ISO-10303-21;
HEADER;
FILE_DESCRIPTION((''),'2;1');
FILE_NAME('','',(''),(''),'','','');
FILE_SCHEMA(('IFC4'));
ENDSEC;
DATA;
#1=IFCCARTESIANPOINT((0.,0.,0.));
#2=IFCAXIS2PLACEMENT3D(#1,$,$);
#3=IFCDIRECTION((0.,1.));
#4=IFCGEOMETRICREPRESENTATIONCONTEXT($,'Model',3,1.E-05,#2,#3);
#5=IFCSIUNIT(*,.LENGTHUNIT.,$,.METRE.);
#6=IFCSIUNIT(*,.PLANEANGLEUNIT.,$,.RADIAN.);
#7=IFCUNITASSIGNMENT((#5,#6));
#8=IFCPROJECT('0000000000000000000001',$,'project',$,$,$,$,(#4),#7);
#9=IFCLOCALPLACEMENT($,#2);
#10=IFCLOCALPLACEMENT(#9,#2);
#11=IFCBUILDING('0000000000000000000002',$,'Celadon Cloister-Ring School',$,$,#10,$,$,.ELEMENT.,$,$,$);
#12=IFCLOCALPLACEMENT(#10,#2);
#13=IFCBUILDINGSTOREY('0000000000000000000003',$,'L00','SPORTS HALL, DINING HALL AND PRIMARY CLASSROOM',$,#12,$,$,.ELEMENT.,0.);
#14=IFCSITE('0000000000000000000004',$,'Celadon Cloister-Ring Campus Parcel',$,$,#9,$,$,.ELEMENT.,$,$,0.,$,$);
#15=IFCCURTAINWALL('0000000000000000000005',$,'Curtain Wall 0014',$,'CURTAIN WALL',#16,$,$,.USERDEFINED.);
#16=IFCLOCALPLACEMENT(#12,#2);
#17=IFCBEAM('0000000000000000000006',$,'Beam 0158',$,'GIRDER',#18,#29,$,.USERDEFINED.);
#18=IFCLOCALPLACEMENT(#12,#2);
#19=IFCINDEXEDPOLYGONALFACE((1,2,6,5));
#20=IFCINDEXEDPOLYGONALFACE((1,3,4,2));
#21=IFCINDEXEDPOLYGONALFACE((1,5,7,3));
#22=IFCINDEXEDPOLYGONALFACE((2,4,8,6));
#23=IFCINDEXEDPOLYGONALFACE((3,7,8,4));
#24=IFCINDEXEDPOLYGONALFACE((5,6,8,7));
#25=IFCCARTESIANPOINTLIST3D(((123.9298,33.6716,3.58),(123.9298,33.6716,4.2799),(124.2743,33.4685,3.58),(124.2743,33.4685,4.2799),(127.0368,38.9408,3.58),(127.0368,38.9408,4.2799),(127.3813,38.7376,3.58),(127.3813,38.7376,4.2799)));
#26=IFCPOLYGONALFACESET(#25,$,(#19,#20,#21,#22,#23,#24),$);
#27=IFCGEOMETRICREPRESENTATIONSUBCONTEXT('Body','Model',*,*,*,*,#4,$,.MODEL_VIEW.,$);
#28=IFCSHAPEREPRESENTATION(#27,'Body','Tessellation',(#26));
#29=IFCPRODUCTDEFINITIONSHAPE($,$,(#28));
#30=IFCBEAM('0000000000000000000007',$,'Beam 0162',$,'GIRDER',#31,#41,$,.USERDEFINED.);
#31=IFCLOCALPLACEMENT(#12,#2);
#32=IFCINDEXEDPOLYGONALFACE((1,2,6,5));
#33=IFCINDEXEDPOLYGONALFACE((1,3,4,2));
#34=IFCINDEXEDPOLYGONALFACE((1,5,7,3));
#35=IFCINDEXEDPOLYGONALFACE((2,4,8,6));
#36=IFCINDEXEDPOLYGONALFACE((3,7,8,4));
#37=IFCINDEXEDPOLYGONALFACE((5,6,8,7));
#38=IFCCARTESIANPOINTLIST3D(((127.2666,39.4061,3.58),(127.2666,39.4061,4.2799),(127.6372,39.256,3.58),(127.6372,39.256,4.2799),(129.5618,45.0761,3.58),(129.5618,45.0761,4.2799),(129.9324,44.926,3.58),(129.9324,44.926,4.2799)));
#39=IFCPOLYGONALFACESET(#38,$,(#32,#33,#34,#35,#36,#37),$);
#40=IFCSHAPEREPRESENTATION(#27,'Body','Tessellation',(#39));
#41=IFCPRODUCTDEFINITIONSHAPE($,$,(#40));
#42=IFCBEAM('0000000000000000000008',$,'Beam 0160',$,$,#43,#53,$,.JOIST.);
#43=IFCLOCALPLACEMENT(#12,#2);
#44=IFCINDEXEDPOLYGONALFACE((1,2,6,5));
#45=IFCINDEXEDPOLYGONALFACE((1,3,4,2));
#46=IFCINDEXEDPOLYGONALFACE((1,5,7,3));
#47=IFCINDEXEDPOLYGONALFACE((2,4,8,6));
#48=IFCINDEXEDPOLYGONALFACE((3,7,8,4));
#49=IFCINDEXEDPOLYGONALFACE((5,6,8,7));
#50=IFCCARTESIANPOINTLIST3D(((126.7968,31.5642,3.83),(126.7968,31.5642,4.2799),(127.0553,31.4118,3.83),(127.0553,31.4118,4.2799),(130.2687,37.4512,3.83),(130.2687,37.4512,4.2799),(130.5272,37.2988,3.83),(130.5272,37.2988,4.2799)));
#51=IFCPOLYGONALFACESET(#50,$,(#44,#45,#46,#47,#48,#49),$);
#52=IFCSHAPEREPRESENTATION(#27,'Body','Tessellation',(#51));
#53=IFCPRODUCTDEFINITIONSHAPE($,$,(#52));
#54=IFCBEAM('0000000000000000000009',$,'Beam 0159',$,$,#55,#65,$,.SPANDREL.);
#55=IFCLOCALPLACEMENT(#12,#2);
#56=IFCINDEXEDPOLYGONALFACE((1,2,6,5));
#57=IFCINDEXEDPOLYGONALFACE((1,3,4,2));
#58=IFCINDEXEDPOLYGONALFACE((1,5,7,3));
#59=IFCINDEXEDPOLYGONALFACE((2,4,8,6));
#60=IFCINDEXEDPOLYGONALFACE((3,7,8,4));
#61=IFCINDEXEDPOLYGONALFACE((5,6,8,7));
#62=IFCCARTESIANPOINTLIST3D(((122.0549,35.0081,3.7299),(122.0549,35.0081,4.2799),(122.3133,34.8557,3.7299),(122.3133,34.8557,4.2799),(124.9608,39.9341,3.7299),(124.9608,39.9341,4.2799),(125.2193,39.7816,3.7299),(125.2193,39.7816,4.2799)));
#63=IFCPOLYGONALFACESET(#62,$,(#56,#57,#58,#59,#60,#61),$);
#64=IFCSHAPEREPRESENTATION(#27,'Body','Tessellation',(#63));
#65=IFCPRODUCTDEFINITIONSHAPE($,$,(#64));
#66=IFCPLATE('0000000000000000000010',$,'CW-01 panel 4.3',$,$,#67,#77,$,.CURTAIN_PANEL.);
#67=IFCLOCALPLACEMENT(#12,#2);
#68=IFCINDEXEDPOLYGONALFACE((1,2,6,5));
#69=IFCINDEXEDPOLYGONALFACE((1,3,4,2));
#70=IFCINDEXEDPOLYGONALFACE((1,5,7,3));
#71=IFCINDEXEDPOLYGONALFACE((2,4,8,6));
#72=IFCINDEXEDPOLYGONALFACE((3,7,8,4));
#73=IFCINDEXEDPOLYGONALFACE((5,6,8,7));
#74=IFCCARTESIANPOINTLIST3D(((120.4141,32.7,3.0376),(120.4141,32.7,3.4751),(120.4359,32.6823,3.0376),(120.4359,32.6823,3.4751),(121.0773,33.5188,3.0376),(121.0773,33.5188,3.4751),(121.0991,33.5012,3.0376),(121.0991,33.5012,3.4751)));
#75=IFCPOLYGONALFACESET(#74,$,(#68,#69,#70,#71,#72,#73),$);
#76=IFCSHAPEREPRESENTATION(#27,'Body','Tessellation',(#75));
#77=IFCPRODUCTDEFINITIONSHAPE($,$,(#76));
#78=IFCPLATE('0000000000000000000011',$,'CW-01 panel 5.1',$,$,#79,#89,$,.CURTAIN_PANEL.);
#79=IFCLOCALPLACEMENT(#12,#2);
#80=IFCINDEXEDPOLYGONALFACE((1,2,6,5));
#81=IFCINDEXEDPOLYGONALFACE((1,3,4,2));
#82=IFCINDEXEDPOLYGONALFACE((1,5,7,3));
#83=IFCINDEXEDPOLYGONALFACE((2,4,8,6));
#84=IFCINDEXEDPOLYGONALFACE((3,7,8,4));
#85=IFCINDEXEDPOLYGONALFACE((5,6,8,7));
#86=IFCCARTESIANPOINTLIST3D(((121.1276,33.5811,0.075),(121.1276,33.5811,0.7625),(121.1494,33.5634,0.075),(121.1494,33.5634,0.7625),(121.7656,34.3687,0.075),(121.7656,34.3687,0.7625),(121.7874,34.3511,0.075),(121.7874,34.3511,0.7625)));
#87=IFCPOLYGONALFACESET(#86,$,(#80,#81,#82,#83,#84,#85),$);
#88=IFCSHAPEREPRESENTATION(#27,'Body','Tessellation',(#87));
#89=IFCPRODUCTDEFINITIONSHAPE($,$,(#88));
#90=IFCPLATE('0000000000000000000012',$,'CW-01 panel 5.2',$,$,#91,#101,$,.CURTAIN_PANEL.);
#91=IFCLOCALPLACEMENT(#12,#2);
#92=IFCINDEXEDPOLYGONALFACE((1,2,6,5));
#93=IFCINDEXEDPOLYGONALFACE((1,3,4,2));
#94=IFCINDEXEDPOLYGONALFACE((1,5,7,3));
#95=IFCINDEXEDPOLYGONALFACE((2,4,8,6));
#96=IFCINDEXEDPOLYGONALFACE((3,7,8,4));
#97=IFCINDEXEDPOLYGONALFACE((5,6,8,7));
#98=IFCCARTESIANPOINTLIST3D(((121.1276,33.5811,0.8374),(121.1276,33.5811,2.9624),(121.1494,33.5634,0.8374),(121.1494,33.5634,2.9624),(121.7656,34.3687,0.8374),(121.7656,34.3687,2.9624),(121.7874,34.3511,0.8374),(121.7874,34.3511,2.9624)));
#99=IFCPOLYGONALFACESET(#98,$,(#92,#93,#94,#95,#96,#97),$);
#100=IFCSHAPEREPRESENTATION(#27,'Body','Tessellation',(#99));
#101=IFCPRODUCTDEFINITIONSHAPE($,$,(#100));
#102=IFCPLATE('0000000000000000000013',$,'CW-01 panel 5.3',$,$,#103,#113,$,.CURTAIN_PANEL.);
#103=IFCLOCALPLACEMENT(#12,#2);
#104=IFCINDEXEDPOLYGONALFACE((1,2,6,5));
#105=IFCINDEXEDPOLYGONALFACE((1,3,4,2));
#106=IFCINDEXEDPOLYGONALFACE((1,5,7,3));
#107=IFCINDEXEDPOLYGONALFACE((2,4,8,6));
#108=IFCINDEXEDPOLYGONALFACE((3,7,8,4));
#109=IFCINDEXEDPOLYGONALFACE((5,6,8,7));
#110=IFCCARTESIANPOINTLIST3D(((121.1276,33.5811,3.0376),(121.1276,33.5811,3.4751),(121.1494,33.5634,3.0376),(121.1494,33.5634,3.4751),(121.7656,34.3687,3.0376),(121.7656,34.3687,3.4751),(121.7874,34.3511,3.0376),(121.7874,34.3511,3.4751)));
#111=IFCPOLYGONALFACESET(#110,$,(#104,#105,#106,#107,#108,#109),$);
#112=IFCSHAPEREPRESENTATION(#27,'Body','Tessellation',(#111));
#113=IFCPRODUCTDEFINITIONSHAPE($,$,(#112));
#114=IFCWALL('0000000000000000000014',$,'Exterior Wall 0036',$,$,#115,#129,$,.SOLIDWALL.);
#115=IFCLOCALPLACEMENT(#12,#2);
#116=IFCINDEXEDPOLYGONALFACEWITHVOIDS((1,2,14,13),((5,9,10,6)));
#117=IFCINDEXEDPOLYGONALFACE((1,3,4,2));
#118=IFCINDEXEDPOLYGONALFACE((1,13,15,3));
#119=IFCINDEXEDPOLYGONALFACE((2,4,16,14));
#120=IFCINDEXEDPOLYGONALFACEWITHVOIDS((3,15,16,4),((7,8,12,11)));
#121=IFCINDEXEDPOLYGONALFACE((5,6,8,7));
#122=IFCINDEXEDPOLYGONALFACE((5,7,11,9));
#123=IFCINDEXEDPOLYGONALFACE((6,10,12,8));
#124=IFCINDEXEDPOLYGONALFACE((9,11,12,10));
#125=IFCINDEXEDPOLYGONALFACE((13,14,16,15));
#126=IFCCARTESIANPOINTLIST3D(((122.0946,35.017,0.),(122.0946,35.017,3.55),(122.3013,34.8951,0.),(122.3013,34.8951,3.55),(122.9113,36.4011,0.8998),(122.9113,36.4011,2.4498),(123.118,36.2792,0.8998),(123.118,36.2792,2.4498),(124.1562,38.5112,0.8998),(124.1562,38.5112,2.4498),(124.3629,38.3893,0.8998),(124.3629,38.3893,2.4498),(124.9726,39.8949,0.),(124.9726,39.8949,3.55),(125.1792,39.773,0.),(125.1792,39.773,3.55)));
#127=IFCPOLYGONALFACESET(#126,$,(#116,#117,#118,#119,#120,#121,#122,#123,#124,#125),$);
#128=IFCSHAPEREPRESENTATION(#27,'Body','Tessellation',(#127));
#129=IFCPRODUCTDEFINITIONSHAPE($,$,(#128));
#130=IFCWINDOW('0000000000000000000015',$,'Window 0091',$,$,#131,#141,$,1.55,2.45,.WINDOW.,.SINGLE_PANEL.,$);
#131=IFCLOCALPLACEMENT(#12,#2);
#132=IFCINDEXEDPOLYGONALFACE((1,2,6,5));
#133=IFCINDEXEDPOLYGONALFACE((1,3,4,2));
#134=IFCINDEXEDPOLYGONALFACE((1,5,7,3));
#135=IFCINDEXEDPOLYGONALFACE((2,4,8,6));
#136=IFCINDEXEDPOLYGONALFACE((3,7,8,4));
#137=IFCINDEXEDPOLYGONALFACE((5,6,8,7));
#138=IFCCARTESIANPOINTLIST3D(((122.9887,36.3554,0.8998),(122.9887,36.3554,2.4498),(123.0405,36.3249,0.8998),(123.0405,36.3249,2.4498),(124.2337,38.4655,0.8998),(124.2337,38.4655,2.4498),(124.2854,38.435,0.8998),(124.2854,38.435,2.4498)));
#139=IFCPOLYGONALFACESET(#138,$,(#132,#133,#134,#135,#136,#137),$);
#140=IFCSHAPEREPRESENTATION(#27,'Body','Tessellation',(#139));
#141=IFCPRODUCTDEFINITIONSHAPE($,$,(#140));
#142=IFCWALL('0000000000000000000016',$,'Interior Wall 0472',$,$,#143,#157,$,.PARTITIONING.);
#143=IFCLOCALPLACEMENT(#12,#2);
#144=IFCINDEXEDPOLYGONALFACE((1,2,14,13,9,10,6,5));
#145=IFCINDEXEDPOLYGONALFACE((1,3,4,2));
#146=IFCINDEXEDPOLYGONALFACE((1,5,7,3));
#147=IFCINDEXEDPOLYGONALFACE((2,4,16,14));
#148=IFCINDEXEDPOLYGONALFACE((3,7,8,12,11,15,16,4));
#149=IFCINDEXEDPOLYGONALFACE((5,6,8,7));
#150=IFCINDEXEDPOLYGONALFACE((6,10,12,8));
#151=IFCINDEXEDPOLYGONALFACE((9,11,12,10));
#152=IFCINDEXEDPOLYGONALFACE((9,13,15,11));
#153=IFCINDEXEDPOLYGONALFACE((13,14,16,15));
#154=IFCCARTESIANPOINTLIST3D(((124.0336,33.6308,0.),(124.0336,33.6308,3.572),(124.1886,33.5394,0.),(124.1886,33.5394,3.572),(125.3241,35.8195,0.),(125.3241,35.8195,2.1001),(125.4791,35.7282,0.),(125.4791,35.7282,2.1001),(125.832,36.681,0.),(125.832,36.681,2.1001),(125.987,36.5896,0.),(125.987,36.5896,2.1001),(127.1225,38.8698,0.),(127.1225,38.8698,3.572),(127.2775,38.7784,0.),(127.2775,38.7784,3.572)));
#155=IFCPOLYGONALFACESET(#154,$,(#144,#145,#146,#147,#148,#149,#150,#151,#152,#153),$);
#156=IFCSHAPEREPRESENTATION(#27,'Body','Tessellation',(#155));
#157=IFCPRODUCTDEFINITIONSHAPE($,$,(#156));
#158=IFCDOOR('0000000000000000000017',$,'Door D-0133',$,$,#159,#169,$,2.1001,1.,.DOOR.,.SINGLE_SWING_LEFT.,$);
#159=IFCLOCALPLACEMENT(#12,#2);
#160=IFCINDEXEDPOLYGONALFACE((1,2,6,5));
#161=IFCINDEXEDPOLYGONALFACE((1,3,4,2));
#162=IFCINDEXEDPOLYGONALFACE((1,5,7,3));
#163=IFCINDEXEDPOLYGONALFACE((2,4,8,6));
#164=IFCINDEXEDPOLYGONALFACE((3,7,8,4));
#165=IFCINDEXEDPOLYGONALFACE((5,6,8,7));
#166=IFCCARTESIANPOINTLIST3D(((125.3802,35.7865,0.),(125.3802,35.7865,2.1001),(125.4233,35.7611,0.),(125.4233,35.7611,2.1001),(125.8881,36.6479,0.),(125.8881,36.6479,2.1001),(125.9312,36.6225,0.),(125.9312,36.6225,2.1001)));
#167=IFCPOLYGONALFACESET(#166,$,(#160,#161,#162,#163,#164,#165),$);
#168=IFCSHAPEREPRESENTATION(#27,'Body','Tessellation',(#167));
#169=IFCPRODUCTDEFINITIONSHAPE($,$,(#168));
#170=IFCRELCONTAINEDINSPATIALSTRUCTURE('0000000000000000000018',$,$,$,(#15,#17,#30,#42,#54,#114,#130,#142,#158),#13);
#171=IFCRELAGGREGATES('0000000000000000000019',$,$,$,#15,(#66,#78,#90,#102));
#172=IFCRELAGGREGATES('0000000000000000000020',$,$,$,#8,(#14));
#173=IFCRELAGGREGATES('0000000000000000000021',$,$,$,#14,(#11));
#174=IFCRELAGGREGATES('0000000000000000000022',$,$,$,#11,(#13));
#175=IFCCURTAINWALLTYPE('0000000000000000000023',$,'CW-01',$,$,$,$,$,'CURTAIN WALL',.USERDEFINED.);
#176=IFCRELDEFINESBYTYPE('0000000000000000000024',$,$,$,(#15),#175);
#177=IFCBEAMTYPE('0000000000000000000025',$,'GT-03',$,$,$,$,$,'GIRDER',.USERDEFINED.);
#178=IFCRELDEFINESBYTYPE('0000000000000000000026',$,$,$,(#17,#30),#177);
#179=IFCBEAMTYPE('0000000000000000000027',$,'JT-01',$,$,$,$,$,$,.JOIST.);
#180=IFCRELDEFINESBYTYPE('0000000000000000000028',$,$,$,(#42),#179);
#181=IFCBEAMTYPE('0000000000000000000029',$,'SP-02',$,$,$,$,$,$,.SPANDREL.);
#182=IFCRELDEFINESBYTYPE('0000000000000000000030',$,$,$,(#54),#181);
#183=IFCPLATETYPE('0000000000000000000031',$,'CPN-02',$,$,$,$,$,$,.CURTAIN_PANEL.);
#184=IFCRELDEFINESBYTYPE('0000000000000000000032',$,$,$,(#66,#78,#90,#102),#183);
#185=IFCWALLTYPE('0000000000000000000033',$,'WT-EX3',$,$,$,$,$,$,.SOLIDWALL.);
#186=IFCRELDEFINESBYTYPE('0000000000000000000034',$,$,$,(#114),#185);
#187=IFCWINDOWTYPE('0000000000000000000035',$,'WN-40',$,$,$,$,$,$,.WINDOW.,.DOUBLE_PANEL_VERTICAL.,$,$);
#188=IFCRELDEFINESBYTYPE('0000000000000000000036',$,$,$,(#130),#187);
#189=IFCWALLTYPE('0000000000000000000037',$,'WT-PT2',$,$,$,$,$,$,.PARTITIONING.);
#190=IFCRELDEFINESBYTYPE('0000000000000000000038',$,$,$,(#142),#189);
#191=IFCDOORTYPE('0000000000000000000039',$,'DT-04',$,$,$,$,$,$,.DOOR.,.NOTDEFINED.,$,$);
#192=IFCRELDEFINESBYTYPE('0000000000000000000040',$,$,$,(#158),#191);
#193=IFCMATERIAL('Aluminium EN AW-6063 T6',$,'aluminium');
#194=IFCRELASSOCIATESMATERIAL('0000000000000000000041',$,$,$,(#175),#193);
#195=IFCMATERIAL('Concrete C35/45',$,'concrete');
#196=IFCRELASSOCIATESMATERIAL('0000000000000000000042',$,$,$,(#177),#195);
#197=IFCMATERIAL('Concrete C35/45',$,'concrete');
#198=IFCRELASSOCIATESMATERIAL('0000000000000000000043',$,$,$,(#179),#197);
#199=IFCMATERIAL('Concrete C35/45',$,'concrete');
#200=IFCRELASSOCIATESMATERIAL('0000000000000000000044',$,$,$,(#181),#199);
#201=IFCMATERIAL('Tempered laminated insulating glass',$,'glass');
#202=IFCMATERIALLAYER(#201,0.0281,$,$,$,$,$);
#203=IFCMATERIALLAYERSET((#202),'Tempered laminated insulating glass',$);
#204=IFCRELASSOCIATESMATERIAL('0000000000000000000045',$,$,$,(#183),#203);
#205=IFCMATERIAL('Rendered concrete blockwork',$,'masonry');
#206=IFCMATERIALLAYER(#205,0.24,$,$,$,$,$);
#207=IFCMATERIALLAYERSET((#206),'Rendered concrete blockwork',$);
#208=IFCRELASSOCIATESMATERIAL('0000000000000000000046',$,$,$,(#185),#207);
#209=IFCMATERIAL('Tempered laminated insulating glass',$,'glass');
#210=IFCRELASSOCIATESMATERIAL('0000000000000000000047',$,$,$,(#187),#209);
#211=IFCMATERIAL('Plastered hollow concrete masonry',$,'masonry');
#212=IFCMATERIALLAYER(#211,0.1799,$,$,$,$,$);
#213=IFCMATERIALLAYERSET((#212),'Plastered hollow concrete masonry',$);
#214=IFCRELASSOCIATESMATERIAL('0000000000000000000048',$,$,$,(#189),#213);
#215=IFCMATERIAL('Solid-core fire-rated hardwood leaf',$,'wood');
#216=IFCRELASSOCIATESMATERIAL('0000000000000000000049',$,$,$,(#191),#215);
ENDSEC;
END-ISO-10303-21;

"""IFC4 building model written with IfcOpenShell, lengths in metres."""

from ifc_helpers import new_model, si_unit, direction, frame, frame_2d, origin, origin_2d, place, context, subcontext, project, spatial, rectangle, extrude, material, layer, layer_set, material_profile, profile_set, type_object, element, fill, aggregate, save


model = new_model("IFC4")

# Units and contexts
model_context = context("Model", 3, precision=1e-05, world=origin(), true_north=direction((0.0, 1.0)))
body_context = subcontext(model_context, "Body", "Model", "MODEL_VIEW")
ifc_project = project(units=[si_unit("LENGTHUNIT", "METRE"), si_unit("PLANEANGLEUNIT", "RADIAN")], contexts=[model_context])

# Site, building, storey
site_placement = place(None, origin())
site = spatial("IfcSite", under=ifc_project, at=site_placement, Name="Celadon Cloister-Ring Campus Parcel", CompositionType="ELEMENT", RefElevation=0.0)
building_placement = place(site_placement, origin())
building = spatial("IfcBuilding", under=site, at=building_placement, Name="Celadon Cloister-Ring School", CompositionType="ELEMENT")
storey_placement = place(building_placement, origin())
storey = spatial("IfcBuildingStorey", under=building, at=storey_placement, Name="L00", Description="SPORTS HALL, DINING HALL AND PRIMARY CLASSROOM", CompositionType="ELEMENT", Elevation=0.0)

# Curtain wall
ifc_material_1 = material(Name="Aluminium EN AW-6063 T6", Category="aluminium")
curtain_wall_type = type_object("IfcCurtainWallType", Name="CW-01", ElementType="CURTAIN WALL", PredefinedType="USERDEFINED", material=ifc_material_1)
curtain_wall_placement = place(storey_placement, origin())
curtain_wall = element("IfcCurtainWall", 1, at=curtain_wall_placement, inside=storey, type_object=curtain_wall_type, Name="Curtain Wall 0014", ObjectType="CURTAIN WALL", PredefinedType="USERDEFINED")

# Beams
ifc_material_2 = material(Name="Concrete C35/45", Category="concrete")
ifc_material_profile_1 = material_profile(ifc_material_2, rectangle(XDim=0.3999, YDim=0.7, at=origin_2d()), Name="RC400X700")
ifc_profile_set_1 = profile_set([ifc_material_profile_1], Name="Concrete C35/45")
beam_type_1 = type_object("IfcBeamType", Name="GT-03", ElementType="GIRDER", PredefinedType="USERDEFINED", material=ifc_profile_set_1)
for number, where, z_axis, x_axis, name in (
    (2, (124.1021, 33.5701, 3.9299), (0.50793, 0.861398, 0.0), (-0.861398, 0.50793, 0.0), "Beam 0158"),
    (3, (127.4519, 39.3311, 3.9299), (0.375221, 0.926936, 0.0), (-0.926936, 0.375221, 0.0), "Beam 0162"),
):
    element("IfcBeam", number, at=place(storey_placement, frame(where, z_axis=z_axis, x_axis=x_axis)), inside=storey, type_object=beam_type_1, Name=name, ObjectType="GIRDER", PredefinedType="USERDEFINED", context=body_context, shape_type="SweptSolid", body=[
        extrude(rectangle(XDim=0.3999, YDim=0.7, at=origin_2d()), origin(), (0.0, 0.0, 1.0), 6.1169),
    ])
ifc_material_3 = material(Name="Concrete C35/45", Category="concrete")
ifc_material_profile_2 = material_profile(ifc_material_3, rectangle(XDim=0.3, YDim=0.45, at=origin_2d()), Name="RC300X450")
ifc_profile_set_2 = profile_set([ifc_material_profile_2], Name="Concrete C35/45")
beam_type_2 = type_object("IfcBeamType", Name="JT-01", PredefinedType="JOIST", material=ifc_profile_set_2)
beam_1_placement = place(storey_placement, frame((126.926, 31.488, 4.0549), z_axis=(0.507999, 0.861358, 0.0), x_axis=(-0.861358, 0.507999, 0.0)))
element("IfcBeam", 4, at=beam_1_placement, inside=storey, type_object=beam_type_2, Name="Beam 0160", PredefinedType="JOIST", context=body_context, shape_type="SweptSolid", body=[
    extrude(rectangle(XDim=0.3, YDim=0.45, at=origin_2d()), origin(), (0.0, 0.0, 1.0), 6.8345),
])
ifc_material_4 = material(Name="Concrete C35/45", Category="concrete")
ifc_material_profile_3 = material_profile(ifc_material_4, rectangle(XDim=0.3, YDim=0.55, at=origin_2d()), Name="RC300X550")
ifc_profile_set_3 = profile_set([ifc_material_profile_3], Name="Concrete C35/45")
beam_type_3 = type_object("IfcBeamType", Name="SP-02", PredefinedType="SPANDREL", material=ifc_profile_set_3)
beam_2_placement = place(storey_placement, frame((122.1841, 34.9319, 4.0049), z_axis=(0.508104, 0.861296, 0.0), x_axis=(-0.861296, 0.508104, 0.0)))
element("IfcBeam", 5, at=beam_2_placement, inside=storey, type_object=beam_type_3, Name="Beam 0159", PredefinedType="SPANDREL", context=body_context, shape_type="SweptSolid", body=[
    extrude(rectangle(XDim=0.3, YDim=0.55, at=origin_2d()), origin(), (0.0, 0.0, 1.0), 5.7192),
])

# Plates
ifc_material_5 = material(Name="Tempered laminated insulating glass", Category="glass")
ifc_layer_1 = layer(ifc_material_5, 0.0281)
ifc_layer_set_1 = layer_set([ifc_layer_1], Name="Tempered laminated insulating glass")
plate_type = type_object("IfcPlateType", Name="CPN-02", PredefinedType="CURTAIN_PANEL", material=ifc_layer_set_1)
plate_1_placement = place(storey_placement, frame((120.7566, 33.1006, 3.0376), z_axis=(0.0, 0.0, 1.0), x_axis=(0.629416, 0.777068, 0.0)))
plate_1 = element("IfcPlate", 6, at=plate_1_placement, type_object=plate_type, Name="CW-01 panel 4.3", PredefinedType="CURTAIN_PANEL", context=body_context, shape_type="SweptSolid", body=[
    extrude(rectangle(XDim=1.0537, YDim=0.0281, at=origin_2d()), origin(), (0.0, 0.0, 1.0), 0.4375),
])
plate_2_placement = place(storey_placement, frame((121.4575, 33.9661, 0.075), z_axis=(0.0, 0.0, 1.0), x_axis=(0.629416, 0.777068, 0.0)))
plate_2 = element("IfcPlate", 7, at=plate_2_placement, type_object=plate_type, Name="CW-01 panel 5.1", PredefinedType="CURTAIN_PANEL", context=body_context, shape_type="SweptSolid", body=[
    extrude(rectangle(XDim=1.0137, YDim=0.0281, at=origin_2d()), origin(), (0.0, 0.0, 1.0), 0.6875),
])
plate_3_placement = place(storey_placement, frame((121.4575, 33.9661, 0.8374), z_axis=(0.0, 0.0, 1.0), x_axis=(0.629416, 0.777068, 0.0)))
plate_3 = element("IfcPlate", 8, at=plate_3_placement, type_object=plate_type, Name="CW-01 panel 5.2", PredefinedType="CURTAIN_PANEL", context=body_context, shape_type="SweptSolid", body=[
    extrude(rectangle(XDim=1.0137, YDim=0.0281, at=origin_2d()), origin(), (0.0, 0.0, 1.0), 2.125),
])
plate_4_placement = place(storey_placement, frame((121.4575, 33.9661, 3.0376), z_axis=(0.0, 0.0, 1.0), x_axis=(0.629416, 0.777068, 0.0)))
plate_4 = element("IfcPlate", 9, at=plate_4_placement, type_object=plate_type, Name="CW-01 panel 5.3", PredefinedType="CURTAIN_PANEL", context=body_context, shape_type="SweptSolid", body=[
    extrude(rectangle(XDim=1.0137, YDim=0.0281, at=origin_2d()), origin(), (0.0, 0.0, 1.0), 0.4375),
])
aggregate(curtain_wall, [plate_1, plate_2, plate_3, plate_4])

# Wall, opening, window
ifc_material_6 = material(Name="Rendered concrete blockwork", Category="masonry")
ifc_layer_2 = layer(ifc_material_6, 0.24)
ifc_layer_set_2 = layer_set([ifc_layer_2], Name="Rendered concrete blockwork")
wall_type_1 = type_object("IfcWallType", Name="WT-EX3", PredefinedType="SOLIDWALL", material=ifc_layer_set_2)
wall_1_placement = place(storey_placement, frame((122.198, 34.9561, 0.0), z_axis=(0.0, 0.0, 1.0), x_axis=(0.508142, 0.861273, 0.0)))
wall_1 = element("IfcWall", 10, at=wall_1_placement, inside=storey, type_object=wall_type_1, Name="Exterior Wall 0036", PredefinedType="SOLIDWALL", context=body_context, shape_type="SweptSolid", body=[
    extrude(rectangle(XDim=5.6636, YDim=0.24, at=frame_2d((2.8318, 0.0))), origin(), (0.0, 0.0, 1.0), 3.55),
])
opening_1_placement = place(wall_1_placement, frame((1.6069, 0.0, 0.8999)))
opening_1 = element("IfcOpeningElement", 11, at=opening_1_placement, cuts=wall_1, PredefinedType="OPENING", context=body_context, shape_type="SweptSolid", body=[
    extrude(rectangle(XDim=2.45, YDim=1.55, at=frame_2d((1.2251, 0.7749))), frame((0.0, 0.1299, 0.0), z_axis=(0.0, -1.0, 0.0), x_axis=(1.0, 0.0, 0.0)), (0.0, 0.0, 1.0), 0.26),
])
ifc_material_7 = material(Name="Tempered laminated insulating glass", Category="glass")
window_type = type_object("IfcWindowType", Name="WN-40", PartitioningType="DOUBLE_PANEL_VERTICAL", PredefinedType="WINDOW", material=ifc_material_7)
window_placement = place(opening_1_placement, origin())
window = element("IfcWindow", 12, at=window_placement, inside=storey, type_object=window_type, Name="Window 0091", OverallHeight=1.55, OverallWidth=2.45, PartitioningType="SINGLE_PANEL", PredefinedType="WINDOW", context=body_context, shape_type="SweptSolid", body=[
    extrude(rectangle(XDim=2.45, YDim=1.55, at=frame_2d((1.2251, 0.7749))), frame((0.0, 0.03, 0.0), z_axis=(0.0, -1.0, 0.0), x_axis=(1.0, 0.0, 0.0)), (0.0, 0.0, 1.0), 0.0601),
])
fill(opening_1, window)

# Wall, opening, door
ifc_material_8 = material(Name="Plastered hollow concrete masonry", Category="masonry")
ifc_layer_3 = layer(ifc_material_8, 0.1799)
ifc_layer_set_3 = layer_set([ifc_layer_3], Name="Plastered hollow concrete masonry")
wall_type_2 = type_object("IfcWallType", Name="WT-PT2", PredefinedType="PARTITIONING", material=ifc_layer_set_3)
wall_2_placement = place(storey_placement, frame((124.1111, 33.585, 0.0), z_axis=(0.0, 0.0, 1.0), x_axis=(0.507887, 0.861424, 0.0)))
wall_2 = element("IfcWall", 13, at=wall_2_placement, inside=storey, type_object=wall_type_2, Name="Interior Wall 0472", PredefinedType="PARTITIONING", context=body_context, shape_type="SweptSolid", body=[
    extrude(rectangle(XDim=6.0818, YDim=0.1799, at=frame_2d((3.041, 0.0))), origin(), (0.0, 0.0, 1.0), 3.572),
])
opening_2_placement = place(wall_2_placement, frame((2.541, 0.0, 0.0)))
opening_2 = element("IfcOpeningElement", 14, at=opening_2_placement, cuts=wall_2, PredefinedType="OPENING", context=body_context, shape_type="SweptSolid", body=[
    extrude(rectangle(XDim=1.0, YDim=2.1001, at=frame_2d((0.5, 1.05))), frame((0.0, 0.1001, 0.0), z_axis=(0.0, -1.0, 0.0), x_axis=(1.0, 0.0, 0.0)), (0.0, 0.0, 1.0), 0.2),
])
ifc_material_9 = material(Name="Solid-core fire-rated hardwood leaf", Category="wood")
door_type_1 = type_object("IfcDoorType", Name="DT-04", OperationType="NOTDEFINED", PredefinedType="DOOR", material=ifc_material_9)
door_1_placement = place(opening_2_placement, origin())
door_1 = element("IfcDoor", 15, at=door_1_placement, inside=storey, type_object=door_type_1, Name="Door D-0133", OperationType="SINGLE_SWING_LEFT", OverallHeight=2.1001, OverallWidth=1.0, PredefinedType="DOOR", context=body_context, shape_type="SweptSolid", body=[
    extrude(rectangle(XDim=1.0, YDim=2.1001, at=frame_2d((0.5, 1.05))), frame((0.0, 0.0249, 0.0), z_axis=(0.0, -1.0, 0.0), x_axis=(1.0, 0.0, 0.0)), (0.0, 0.0, 1.0), 0.05),
])
fill(opening_2, door_1)

save(model, "model.ifc")
